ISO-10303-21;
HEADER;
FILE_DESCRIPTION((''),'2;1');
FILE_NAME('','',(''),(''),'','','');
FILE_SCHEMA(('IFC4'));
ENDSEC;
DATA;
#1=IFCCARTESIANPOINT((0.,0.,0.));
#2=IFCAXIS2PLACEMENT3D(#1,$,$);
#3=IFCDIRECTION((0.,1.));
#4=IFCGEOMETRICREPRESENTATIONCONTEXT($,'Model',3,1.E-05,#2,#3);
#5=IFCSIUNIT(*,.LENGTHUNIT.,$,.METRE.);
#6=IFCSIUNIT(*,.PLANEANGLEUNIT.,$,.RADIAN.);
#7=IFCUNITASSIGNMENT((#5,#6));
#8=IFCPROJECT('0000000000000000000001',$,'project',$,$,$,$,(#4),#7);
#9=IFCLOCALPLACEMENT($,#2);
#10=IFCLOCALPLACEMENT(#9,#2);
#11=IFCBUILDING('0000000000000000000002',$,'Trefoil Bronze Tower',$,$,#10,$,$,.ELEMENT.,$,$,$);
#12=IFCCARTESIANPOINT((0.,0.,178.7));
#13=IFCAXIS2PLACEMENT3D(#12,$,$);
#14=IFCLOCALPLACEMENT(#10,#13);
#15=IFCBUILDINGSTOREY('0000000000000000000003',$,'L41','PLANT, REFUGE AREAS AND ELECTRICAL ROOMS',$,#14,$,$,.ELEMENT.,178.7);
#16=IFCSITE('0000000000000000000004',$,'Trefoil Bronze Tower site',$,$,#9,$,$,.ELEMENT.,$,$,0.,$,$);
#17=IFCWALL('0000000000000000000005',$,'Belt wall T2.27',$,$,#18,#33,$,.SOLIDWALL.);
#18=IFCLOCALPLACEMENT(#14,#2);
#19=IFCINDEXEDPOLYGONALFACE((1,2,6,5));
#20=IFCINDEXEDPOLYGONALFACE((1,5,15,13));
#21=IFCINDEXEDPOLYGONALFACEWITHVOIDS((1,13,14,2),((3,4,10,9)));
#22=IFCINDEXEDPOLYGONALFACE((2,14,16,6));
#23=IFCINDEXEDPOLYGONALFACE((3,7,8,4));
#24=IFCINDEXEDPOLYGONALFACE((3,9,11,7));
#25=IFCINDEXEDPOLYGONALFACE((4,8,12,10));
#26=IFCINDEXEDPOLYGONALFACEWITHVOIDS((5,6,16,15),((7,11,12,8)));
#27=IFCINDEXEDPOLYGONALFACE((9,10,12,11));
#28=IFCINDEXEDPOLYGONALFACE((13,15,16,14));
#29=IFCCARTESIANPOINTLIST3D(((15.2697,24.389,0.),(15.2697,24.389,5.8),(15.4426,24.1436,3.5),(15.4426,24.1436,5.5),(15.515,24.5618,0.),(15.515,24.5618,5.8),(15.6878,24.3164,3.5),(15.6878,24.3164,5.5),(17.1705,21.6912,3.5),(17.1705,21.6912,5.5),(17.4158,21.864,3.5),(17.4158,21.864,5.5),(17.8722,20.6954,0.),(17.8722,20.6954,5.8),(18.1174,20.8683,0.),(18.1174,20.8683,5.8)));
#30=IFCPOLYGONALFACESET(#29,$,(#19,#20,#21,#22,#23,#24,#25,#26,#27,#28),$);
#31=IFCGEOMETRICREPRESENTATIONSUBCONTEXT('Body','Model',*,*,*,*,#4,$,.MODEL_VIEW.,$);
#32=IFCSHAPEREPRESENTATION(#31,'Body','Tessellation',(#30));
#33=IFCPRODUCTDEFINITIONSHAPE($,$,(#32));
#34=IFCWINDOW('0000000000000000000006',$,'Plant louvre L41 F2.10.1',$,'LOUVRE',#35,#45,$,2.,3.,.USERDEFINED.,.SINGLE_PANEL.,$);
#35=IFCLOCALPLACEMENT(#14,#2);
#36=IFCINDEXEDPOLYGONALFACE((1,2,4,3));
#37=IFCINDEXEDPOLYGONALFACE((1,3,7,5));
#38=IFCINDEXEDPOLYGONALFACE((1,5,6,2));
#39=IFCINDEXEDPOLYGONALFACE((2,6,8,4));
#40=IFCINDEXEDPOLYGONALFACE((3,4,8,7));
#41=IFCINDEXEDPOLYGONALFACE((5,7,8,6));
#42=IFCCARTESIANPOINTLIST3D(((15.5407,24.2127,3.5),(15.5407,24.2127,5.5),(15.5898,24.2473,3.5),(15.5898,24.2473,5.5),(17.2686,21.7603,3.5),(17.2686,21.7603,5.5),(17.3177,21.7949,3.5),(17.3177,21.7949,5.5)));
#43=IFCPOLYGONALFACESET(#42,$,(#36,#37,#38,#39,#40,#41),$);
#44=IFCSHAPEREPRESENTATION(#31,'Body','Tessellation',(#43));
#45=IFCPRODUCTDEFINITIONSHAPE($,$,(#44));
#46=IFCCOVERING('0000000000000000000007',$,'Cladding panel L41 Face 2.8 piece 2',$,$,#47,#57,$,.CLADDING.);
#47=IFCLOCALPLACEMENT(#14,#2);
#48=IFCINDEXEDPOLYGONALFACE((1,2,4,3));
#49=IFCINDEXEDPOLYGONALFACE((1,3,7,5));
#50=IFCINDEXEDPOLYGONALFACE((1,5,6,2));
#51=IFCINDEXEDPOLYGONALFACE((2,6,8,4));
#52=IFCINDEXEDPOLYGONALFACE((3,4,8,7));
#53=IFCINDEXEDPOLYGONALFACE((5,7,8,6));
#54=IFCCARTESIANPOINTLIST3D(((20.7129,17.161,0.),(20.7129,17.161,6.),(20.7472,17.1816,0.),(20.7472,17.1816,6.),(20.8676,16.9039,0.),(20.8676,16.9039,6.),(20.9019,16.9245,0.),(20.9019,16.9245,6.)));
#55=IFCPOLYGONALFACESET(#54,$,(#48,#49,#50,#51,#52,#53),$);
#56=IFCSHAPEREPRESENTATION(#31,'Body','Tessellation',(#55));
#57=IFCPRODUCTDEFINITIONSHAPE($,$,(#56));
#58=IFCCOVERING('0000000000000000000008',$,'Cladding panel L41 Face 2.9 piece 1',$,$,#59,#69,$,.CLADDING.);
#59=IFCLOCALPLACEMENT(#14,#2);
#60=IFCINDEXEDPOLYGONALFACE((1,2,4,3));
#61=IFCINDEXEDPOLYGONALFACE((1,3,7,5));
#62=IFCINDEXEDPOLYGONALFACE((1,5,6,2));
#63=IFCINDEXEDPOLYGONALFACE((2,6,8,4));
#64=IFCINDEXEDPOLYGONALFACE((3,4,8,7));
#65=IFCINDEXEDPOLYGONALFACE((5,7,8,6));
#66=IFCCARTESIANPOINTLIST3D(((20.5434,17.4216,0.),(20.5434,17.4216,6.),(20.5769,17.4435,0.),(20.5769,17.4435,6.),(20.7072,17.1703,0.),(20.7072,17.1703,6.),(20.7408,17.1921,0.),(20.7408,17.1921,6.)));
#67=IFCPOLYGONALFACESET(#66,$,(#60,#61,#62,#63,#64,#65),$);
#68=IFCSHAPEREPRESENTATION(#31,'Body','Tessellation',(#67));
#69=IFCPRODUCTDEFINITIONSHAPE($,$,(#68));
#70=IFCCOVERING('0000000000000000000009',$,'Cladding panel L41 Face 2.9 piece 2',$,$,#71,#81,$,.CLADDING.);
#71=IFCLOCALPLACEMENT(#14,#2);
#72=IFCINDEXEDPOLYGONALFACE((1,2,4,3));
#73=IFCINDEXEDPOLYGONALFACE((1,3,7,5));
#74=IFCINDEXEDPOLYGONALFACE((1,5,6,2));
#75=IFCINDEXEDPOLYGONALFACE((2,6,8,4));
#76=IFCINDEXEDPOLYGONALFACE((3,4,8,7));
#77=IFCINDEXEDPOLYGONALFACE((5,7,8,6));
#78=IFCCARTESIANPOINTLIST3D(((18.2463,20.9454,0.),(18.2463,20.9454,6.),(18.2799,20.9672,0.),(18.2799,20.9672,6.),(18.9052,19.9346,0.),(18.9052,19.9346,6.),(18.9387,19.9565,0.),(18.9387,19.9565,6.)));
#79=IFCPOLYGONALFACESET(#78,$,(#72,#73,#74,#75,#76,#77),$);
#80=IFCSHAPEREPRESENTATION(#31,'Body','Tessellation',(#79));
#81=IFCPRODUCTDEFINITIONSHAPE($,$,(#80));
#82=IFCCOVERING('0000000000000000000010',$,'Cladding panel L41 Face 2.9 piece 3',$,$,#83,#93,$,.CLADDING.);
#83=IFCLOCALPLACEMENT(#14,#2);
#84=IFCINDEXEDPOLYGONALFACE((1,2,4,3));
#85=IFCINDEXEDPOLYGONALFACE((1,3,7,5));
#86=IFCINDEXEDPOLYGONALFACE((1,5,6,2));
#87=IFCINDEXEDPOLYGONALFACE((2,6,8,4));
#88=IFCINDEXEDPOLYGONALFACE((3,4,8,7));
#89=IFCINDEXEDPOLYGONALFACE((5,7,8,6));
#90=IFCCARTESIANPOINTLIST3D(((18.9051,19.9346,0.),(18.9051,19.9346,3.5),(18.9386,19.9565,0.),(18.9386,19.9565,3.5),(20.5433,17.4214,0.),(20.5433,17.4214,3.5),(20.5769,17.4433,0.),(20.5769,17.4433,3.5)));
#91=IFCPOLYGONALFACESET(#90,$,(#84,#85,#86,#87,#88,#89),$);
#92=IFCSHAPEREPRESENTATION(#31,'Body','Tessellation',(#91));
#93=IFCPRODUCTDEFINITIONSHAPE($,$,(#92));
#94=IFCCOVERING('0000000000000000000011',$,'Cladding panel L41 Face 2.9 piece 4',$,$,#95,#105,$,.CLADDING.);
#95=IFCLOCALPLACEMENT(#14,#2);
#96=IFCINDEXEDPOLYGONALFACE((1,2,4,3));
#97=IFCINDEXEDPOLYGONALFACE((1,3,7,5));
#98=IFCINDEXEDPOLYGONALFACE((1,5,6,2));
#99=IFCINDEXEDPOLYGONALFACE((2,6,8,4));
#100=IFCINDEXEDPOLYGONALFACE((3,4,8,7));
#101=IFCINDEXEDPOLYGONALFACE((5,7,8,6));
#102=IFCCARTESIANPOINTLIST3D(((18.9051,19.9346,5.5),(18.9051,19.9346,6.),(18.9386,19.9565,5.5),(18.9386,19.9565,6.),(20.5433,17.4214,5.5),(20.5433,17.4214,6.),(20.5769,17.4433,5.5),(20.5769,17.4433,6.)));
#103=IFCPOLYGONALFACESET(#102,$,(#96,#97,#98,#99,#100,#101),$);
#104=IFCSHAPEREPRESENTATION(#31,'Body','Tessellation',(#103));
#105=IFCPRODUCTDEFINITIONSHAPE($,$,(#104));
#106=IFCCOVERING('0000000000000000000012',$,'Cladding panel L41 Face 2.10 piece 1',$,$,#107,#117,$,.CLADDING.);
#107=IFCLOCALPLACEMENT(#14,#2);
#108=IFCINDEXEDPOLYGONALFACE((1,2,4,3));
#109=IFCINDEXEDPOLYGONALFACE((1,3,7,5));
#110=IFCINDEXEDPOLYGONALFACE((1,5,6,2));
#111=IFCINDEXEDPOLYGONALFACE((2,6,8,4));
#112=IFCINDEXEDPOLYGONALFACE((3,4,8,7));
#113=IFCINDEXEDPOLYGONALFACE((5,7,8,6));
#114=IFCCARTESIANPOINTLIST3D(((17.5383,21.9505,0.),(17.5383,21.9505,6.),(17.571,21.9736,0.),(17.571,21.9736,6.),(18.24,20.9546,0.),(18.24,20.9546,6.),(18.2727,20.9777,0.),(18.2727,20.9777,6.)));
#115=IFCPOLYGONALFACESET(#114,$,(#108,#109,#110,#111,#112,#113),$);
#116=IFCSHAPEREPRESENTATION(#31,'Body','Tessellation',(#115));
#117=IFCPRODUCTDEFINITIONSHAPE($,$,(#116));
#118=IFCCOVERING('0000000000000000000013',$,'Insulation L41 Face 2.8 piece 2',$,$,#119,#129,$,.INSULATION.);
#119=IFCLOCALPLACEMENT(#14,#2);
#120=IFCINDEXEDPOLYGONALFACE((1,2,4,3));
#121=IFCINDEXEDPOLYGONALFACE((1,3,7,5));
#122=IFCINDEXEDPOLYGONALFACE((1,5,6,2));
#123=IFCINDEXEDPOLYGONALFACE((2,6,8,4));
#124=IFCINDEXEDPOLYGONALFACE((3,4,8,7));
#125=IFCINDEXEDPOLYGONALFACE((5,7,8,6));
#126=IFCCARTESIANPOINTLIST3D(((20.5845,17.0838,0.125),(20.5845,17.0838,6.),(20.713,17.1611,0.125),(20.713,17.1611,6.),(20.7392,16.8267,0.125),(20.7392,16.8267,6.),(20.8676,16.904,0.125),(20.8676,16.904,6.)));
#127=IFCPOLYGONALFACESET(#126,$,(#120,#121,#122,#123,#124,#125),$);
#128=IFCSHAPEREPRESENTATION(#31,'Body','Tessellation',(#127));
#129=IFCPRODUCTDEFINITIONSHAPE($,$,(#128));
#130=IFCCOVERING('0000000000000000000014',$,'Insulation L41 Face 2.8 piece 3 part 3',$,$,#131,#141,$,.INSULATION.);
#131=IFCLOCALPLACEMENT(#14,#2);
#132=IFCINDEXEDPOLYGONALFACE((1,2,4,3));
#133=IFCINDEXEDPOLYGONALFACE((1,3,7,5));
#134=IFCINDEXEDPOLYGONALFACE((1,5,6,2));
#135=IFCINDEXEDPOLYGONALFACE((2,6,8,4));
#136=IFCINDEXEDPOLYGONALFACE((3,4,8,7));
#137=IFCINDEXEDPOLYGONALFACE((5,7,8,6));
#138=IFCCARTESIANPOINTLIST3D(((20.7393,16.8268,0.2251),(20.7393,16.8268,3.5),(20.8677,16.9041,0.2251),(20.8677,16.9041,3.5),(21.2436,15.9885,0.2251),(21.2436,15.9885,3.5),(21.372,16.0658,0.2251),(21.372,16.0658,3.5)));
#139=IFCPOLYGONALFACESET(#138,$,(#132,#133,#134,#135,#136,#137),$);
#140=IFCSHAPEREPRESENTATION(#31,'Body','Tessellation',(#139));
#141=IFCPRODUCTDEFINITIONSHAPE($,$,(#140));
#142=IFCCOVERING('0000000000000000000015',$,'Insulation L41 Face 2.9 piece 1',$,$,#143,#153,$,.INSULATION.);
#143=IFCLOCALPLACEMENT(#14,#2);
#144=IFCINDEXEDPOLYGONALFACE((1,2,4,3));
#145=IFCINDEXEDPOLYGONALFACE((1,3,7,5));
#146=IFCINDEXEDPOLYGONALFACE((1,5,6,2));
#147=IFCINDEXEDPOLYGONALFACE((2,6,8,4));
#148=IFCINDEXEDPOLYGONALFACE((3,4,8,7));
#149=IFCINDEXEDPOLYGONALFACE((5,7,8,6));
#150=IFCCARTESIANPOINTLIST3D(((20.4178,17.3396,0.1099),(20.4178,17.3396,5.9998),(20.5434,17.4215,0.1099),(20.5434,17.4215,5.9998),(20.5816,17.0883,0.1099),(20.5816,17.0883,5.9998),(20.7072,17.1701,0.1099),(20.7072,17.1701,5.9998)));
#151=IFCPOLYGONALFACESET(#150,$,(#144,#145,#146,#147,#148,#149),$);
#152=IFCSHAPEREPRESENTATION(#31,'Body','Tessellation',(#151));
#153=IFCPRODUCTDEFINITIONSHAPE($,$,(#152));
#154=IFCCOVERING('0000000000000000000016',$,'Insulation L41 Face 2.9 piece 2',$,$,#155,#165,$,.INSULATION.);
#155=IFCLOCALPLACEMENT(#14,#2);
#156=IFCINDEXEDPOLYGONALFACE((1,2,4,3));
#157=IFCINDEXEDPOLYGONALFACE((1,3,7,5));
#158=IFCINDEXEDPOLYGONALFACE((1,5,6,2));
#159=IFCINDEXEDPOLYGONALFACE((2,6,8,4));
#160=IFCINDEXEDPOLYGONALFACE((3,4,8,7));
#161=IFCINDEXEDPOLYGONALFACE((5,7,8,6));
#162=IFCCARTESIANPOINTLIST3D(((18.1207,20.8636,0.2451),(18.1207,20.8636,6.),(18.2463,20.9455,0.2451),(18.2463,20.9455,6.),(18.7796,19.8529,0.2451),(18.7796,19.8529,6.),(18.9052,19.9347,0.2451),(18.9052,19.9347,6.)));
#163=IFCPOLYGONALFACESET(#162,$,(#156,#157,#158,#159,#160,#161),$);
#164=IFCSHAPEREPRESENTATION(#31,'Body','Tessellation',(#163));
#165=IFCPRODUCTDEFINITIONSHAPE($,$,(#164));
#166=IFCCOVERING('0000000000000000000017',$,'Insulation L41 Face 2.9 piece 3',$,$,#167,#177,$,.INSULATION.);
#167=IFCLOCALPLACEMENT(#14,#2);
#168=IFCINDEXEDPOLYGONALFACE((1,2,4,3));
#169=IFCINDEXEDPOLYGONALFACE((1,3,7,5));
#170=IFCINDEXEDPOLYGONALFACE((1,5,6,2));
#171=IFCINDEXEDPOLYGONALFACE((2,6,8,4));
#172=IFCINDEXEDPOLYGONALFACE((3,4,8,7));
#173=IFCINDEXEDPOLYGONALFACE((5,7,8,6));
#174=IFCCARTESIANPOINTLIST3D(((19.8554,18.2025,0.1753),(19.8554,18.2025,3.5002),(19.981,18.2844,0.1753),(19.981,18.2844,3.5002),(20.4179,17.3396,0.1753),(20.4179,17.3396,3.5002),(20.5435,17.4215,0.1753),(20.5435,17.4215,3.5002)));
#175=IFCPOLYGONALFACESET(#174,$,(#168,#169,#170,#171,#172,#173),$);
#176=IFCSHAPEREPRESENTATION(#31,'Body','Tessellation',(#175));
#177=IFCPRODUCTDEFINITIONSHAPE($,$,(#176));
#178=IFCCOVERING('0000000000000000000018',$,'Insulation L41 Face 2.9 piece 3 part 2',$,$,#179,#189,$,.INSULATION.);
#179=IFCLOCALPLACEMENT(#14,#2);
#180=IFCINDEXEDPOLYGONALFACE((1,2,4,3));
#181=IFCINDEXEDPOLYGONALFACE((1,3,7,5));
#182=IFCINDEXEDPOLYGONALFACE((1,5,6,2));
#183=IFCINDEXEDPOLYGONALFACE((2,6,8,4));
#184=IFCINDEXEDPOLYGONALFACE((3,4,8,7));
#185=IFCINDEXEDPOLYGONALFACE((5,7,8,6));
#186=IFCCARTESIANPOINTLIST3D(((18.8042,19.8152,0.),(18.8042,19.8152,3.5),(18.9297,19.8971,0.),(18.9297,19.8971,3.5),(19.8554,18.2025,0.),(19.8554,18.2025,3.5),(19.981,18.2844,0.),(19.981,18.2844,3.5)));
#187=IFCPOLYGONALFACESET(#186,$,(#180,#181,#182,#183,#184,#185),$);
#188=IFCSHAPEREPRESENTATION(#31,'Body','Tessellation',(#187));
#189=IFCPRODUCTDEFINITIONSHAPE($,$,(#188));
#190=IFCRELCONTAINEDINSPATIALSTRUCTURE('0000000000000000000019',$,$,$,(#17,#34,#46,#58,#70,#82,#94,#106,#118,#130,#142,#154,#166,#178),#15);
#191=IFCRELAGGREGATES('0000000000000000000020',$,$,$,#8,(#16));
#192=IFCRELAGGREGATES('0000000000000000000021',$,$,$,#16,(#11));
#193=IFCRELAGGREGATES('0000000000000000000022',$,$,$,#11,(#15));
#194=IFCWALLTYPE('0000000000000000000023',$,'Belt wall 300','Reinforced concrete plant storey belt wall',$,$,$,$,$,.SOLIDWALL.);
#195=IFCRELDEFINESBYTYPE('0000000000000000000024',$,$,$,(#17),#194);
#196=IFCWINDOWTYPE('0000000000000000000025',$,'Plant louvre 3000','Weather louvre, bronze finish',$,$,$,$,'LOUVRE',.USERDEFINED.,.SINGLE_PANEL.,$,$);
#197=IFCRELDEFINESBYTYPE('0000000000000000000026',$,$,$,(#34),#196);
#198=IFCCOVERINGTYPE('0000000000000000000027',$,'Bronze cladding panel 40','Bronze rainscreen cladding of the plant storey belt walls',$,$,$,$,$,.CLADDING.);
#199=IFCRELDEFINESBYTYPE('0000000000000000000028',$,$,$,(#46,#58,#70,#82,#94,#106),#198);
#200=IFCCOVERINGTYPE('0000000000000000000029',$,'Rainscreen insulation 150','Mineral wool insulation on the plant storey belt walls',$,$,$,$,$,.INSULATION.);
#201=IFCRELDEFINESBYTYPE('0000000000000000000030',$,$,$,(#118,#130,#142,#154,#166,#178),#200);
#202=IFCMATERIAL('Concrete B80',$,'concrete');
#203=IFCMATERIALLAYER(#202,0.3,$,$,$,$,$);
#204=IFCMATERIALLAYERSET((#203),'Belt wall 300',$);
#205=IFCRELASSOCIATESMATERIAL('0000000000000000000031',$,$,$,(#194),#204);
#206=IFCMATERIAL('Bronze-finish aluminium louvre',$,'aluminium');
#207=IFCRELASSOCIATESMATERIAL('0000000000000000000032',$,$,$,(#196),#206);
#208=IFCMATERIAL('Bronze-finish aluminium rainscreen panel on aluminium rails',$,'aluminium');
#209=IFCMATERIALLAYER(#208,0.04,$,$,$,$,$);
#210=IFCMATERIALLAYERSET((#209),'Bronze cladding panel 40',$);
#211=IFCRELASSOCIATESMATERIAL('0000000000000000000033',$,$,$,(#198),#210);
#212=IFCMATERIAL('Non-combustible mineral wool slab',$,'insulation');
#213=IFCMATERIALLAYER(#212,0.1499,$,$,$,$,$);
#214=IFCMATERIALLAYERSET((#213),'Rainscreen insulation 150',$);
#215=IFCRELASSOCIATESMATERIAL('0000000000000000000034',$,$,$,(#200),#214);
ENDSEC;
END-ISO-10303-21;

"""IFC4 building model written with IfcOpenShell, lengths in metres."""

from ifc_helpers import new_model, si_unit, direction, frame, frame_2d, origin, origin_2d, place, context, subcontext, project, spatial, rectangle, extrude, material, layer, layer_set, type_object, element, fill, save


model = new_model("IFC4")

# Units and contexts
model_context = context("Model", 3, precision=1e-05, world=origin(), true_north=direction((0.0, 1.0)))
body_context = subcontext(model_context, "Body", "Model", "MODEL_VIEW")
ifc_project = project(units=[si_unit("LENGTHUNIT", "METRE"), si_unit("PLANEANGLEUNIT", "RADIAN")], contexts=[model_context])

# Site, building, storey
site_placement = place(None, origin())
site = spatial("IfcSite", under=ifc_project, at=site_placement, Name="Trefoil Bronze Tower site", CompositionType="ELEMENT", RefElevation=0.0)
building_placement = place(site_placement, origin())
building = spatial("IfcBuilding", under=site, at=building_placement, Name="Trefoil Bronze Tower", CompositionType="ELEMENT")
storey_placement = place(building_placement, frame((0.0, 0.0, 178.7)))
storey = spatial("IfcBuildingStorey", under=building, at=storey_placement, Name="L41", Description="PLANT, REFUGE AREAS AND ELECTRICAL ROOMS", CompositionType="ELEMENT", Elevation=178.7)

# Wall, opening, window
ifc_material_1 = material(Name="Concrete B80", Category="concrete")
ifc_layer_1 = layer(ifc_material_1, 0.3)
ifc_layer_set_1 = layer_set([ifc_layer_1], Name="Belt wall 300")
wall_type = type_object("IfcWallType", Name="Belt wall 300", Description="Reinforced concrete plant storey belt wall", PredefinedType="SOLIDWALL", material=ifc_layer_set_1)
ifc_material_2 = material(Name="Bronze-finish aluminium louvre", Category="aluminium")
window_type = type_object("IfcWindowType", Name="Plant louvre 3000", Description="Weather louvre, bronze finish", ElementType="LOUVRE", PartitioningType="SINGLE_PANEL", PredefinedType="USERDEFINED", material=ifc_material_2)
wall_1_placement = place(storey_placement, frame((17.9949, 20.7817, 0.0), z_axis=(0.0, 0.0, 1.0), x_axis=(-0.575987, 0.817459, 0.0)))
wall_1 = element("IfcWall", 1, at=wall_1_placement, inside=storey, type_object=wall_type, Name="Belt wall T2.27", PredefinedType="SOLIDWALL", context=body_context, shape_type="SweptSolid", body=[
    extrude(rectangle(XDim=4.5183, YDim=0.3, at=frame_2d((2.2593, 0.0))), origin(), (0.0, 0.0, 1.0), 5.8),
])
opening_1_placement = place(wall_1_placement, frame((1.2183, 0.0, 3.5)))
opening_1 = element("IfcOpeningElement", 2, at=opening_1_placement, cuts=wall_1, PredefinedType="OPENING", context=body_context, shape_type="SweptSolid", body=[
    extrude(rectangle(XDim=3.0, YDim=2.0, at=frame_2d((1.5, 1.0))), frame((0.0, 0.1599, 0.0), z_axis=(0.0, -1.0, 0.0), x_axis=(1.0, 0.0, 0.0)), (0.0, 0.0, 1.0), 0.3201),
])
window_1_placement = place(opening_1_placement, origin())
window_1 = element("IfcWindow", 3, at=window_1_placement, inside=storey, type_object=window_type, Name="Plant louvre L41 F2.10.1", ObjectType="LOUVRE", OverallHeight=2.0, OverallWidth=3.0, PartitioningType="SINGLE_PANEL", PredefinedType="USERDEFINED", context=body_context, shape_type="SweptSolid", body=[
    extrude(rectangle(XDim=3.0, YDim=2.0, at=frame_2d((1.5, 1.0))), frame((0.0, 0.03, 0.0), z_axis=(0.0, -1.0, 0.0), x_axis=(1.0, 0.0, 0.0)), (0.0, 0.0, 1.0), 0.0601),
])
fill(opening_1, window_1)

# Coverings
ifc_material_3 = material(Name="Bronze-finish aluminium rainscreen panel on aluminium rails", Category="aluminium")
ifc_layer_2 = layer(ifc_material_3, 0.04)
ifc_layer_set_2 = layer_set([ifc_layer_2], Name="Bronze cladding panel 40")
covering_type_1 = type_object("IfcCoveringType", Name="Bronze cladding panel 40", Description="Bronze rainscreen cladding of the plant storey belt walls", PredefinedType="CLADDING", material=ifc_layer_set_2)
for number, where, z_axis, x_axis, name in (
    (4, (20.8074, 17.0427, 0.0), (0.0, 0.0, 1.0), (-0.515525, 0.856874, 0.0), "Cladding panel L41 Face 2.8 piece 2"),
    (5, (20.6421, 17.3069, 0.0), (0.0, 0.0, 1.0), (-0.546089, 0.837727, 0.0), "Cladding panel L41 Face 2.9 piece 1"),
):
    element("IfcCovering", number, at=place(storey_placement, frame(where, z_axis=z_axis, x_axis=x_axis)), inside=storey, type_object=covering_type_1, Name=name, PredefinedType="CLADDING", context=body_context, shape_type="SweptSolid", body=[
        extrude(rectangle(XDim=0.3, YDim=0.04, at=origin_2d()), origin(), (0.0, 0.0, 1.0), 6.0),
    ])
covering_1_placement = place(storey_placement, frame((18.5925, 20.4509, 0.0), z_axis=(0.0, 0.0, 1.0), x_axis=(-0.546089, 0.837727, 0.0)))
element("IfcCovering", 6, at=covering_1_placement, inside=storey, type_object=covering_type_1, Name="Cladding panel L41 Face 2.9 piece 2", PredefinedType="CLADDING", context=body_context, shape_type="SweptSolid", body=[
    extrude(rectangle(XDim=1.2065, YDim=0.04, at=origin_2d()), origin(), (0.0, 0.0, 1.0), 6.0),
])
covering_2_placement = place(storey_placement, frame((19.741, 18.689, 0.0), z_axis=(0.0, 0.0, 1.0), x_axis=(-0.546089, 0.837727, 0.0)))
element("IfcCovering", 7, at=covering_2_placement, inside=storey, type_object=covering_type_1, Name="Cladding panel L41 Face 2.9 piece 3", PredefinedType="CLADDING", context=body_context, shape_type="SweptSolid", body=[
    extrude(rectangle(XDim=3.0, YDim=0.04, at=origin_2d()), origin(), (0.0, 0.0, 1.0), 3.5),
])
covering_3_placement = place(storey_placement, frame((19.741, 18.689, 5.5), z_axis=(0.0, 0.0, 1.0), x_axis=(-0.546089, 0.837727, 0.0)))
element("IfcCovering", 8, at=covering_3_placement, inside=storey, type_object=covering_type_1, Name="Cladding panel L41 Face 2.9 piece 4", PredefinedType="CLADDING", context=body_context, shape_type="SweptSolid", body=[
    extrude(rectangle(XDim=3.0, YDim=0.04, at=origin_2d()), origin(), (0.0, 0.0, 1.0), 0.5),
])
covering_4_placement = place(storey_placement, frame((17.9055, 21.4641, 0.0), z_axis=(0.0, 0.0, 1.0), x_axis=(-0.575999, 0.81745, 0.0)))
element("IfcCovering", 9, at=covering_4_placement, inside=storey, type_object=covering_type_1, Name="Cladding panel L41 Face 2.10 piece 1", PredefinedType="CLADDING", context=body_context, shape_type="SweptSolid", body=[
    extrude(rectangle(XDim=1.2183, YDim=0.04, at=origin_2d()), origin(), (0.0, 0.0, 1.0), 6.0),
])
ifc_material_4 = material(Name="Non-combustible mineral wool slab", Category="insulation")
ifc_layer_3 = layer(ifc_material_4, 0.1499)
ifc_layer_set_3 = layer_set([ifc_layer_3], Name="Rainscreen insulation 150")
covering_type_2 = type_object("IfcCoveringType", Name="Rainscreen insulation 150", Description="Mineral wool insulation on the plant storey belt walls", PredefinedType="INSULATION", material=ifc_layer_set_3)
covering_5_placement = place(storey_placement, frame((20.7261, 16.9939, 0.125), z_axis=(0.0, 0.0, 1.0), x_axis=(-0.515525, 0.856874, 0.0)))
element("IfcCovering", 10, at=covering_5_placement, inside=storey, type_object=covering_type_2, Name="Insulation L41 Face 2.8 piece 2", PredefinedType="INSULATION", context=body_context, shape_type="SweptSolid", body=[
    extrude(rectangle(XDim=0.3, YDim=0.1499, at=origin_2d()), origin(), (0.0, 0.0, 1.0), 5.875),
])
covering_6_placement = place(storey_placement, frame((21.0557, 16.4463, 0.2251), z_axis=(0.0, 0.0, 1.0), x_axis=(-0.515525, 0.856874, 0.0)))
element("IfcCovering", 11, at=covering_6_placement, inside=storey, type_object=covering_type_2, Name="Insulation L41 Face 2.8 piece 3 part 3", PredefinedType="INSULATION", context=body_context, shape_type="SweptSolid", body=[
    extrude(rectangle(XDim=0.9783, YDim=0.1499, at=origin_2d()), origin(), (0.0, 0.0, 1.0), 3.2749),
])
covering_7_placement = place(storey_placement, frame((20.5625, 17.2549, 0.1099), z_axis=(0.0, 0.0, 1.0), x_axis=(-0.546089, 0.837727, 0.0)))
element("IfcCovering", 12, at=covering_7_placement, inside=storey, type_object=covering_type_2, Name="Insulation L41 Face 2.9 piece 1", PredefinedType="INSULATION", context=body_context, shape_type="SweptSolid", body=[
    extrude(rectangle(XDim=0.3, YDim=0.1499, at=origin_2d()), origin(), (0.0, 0.0, 1.0), 5.8899),
])
covering_8_placement = place(storey_placement, frame((18.5129, 20.3992, 0.2451), z_axis=(0.0, 0.0, 1.0), x_axis=(-0.546089, 0.837727, 0.0)))
element("IfcCovering", 13, at=covering_8_placement, inside=storey, type_object=covering_type_2, Name="Insulation L41 Face 2.9 piece 2", PredefinedType="INSULATION", context=body_context, shape_type="SweptSolid", body=[
    extrude(rectangle(XDim=1.2065, YDim=0.1499, at=origin_2d()), origin(), (0.0, 0.0, 1.0), 5.7549),
])
covering_9_placement = place(storey_placement, frame((20.1995, 17.812, 0.1753), z_axis=(0.0, 0.0, 1.0), x_axis=(-0.546089, 0.837727, 0.0)))
element("IfcCovering", 14, at=covering_9_placement, inside=storey, type_object=covering_type_2, Name="Insulation L41 Face 2.9 piece 3", PredefinedType="INSULATION", context=body_context, shape_type="SweptSolid", body=[
    extrude(rectangle(XDim=1.03, YDim=0.1499, at=origin_2d()), origin(), (0.0, 0.0, 1.0), 3.325),
])
covering_10_placement = place(storey_placement, frame((19.3926, 19.0498, 0.0), z_axis=(0.0, 0.0, 1.0), x_axis=(-0.546089, 0.837727, 0.0)))
element("IfcCovering", 15, at=covering_10_placement, inside=storey, type_object=covering_type_2, Name="Insulation L41 Face 2.9 piece 3 part 2", PredefinedType="INSULATION", context=body_context, shape_type="SweptSolid", body=[
    extrude(rectangle(XDim=1.925, YDim=0.1499, at=origin_2d()), origin(), (0.0, 0.0, 1.0), 3.5),
])

save(model, "model.ifc")
